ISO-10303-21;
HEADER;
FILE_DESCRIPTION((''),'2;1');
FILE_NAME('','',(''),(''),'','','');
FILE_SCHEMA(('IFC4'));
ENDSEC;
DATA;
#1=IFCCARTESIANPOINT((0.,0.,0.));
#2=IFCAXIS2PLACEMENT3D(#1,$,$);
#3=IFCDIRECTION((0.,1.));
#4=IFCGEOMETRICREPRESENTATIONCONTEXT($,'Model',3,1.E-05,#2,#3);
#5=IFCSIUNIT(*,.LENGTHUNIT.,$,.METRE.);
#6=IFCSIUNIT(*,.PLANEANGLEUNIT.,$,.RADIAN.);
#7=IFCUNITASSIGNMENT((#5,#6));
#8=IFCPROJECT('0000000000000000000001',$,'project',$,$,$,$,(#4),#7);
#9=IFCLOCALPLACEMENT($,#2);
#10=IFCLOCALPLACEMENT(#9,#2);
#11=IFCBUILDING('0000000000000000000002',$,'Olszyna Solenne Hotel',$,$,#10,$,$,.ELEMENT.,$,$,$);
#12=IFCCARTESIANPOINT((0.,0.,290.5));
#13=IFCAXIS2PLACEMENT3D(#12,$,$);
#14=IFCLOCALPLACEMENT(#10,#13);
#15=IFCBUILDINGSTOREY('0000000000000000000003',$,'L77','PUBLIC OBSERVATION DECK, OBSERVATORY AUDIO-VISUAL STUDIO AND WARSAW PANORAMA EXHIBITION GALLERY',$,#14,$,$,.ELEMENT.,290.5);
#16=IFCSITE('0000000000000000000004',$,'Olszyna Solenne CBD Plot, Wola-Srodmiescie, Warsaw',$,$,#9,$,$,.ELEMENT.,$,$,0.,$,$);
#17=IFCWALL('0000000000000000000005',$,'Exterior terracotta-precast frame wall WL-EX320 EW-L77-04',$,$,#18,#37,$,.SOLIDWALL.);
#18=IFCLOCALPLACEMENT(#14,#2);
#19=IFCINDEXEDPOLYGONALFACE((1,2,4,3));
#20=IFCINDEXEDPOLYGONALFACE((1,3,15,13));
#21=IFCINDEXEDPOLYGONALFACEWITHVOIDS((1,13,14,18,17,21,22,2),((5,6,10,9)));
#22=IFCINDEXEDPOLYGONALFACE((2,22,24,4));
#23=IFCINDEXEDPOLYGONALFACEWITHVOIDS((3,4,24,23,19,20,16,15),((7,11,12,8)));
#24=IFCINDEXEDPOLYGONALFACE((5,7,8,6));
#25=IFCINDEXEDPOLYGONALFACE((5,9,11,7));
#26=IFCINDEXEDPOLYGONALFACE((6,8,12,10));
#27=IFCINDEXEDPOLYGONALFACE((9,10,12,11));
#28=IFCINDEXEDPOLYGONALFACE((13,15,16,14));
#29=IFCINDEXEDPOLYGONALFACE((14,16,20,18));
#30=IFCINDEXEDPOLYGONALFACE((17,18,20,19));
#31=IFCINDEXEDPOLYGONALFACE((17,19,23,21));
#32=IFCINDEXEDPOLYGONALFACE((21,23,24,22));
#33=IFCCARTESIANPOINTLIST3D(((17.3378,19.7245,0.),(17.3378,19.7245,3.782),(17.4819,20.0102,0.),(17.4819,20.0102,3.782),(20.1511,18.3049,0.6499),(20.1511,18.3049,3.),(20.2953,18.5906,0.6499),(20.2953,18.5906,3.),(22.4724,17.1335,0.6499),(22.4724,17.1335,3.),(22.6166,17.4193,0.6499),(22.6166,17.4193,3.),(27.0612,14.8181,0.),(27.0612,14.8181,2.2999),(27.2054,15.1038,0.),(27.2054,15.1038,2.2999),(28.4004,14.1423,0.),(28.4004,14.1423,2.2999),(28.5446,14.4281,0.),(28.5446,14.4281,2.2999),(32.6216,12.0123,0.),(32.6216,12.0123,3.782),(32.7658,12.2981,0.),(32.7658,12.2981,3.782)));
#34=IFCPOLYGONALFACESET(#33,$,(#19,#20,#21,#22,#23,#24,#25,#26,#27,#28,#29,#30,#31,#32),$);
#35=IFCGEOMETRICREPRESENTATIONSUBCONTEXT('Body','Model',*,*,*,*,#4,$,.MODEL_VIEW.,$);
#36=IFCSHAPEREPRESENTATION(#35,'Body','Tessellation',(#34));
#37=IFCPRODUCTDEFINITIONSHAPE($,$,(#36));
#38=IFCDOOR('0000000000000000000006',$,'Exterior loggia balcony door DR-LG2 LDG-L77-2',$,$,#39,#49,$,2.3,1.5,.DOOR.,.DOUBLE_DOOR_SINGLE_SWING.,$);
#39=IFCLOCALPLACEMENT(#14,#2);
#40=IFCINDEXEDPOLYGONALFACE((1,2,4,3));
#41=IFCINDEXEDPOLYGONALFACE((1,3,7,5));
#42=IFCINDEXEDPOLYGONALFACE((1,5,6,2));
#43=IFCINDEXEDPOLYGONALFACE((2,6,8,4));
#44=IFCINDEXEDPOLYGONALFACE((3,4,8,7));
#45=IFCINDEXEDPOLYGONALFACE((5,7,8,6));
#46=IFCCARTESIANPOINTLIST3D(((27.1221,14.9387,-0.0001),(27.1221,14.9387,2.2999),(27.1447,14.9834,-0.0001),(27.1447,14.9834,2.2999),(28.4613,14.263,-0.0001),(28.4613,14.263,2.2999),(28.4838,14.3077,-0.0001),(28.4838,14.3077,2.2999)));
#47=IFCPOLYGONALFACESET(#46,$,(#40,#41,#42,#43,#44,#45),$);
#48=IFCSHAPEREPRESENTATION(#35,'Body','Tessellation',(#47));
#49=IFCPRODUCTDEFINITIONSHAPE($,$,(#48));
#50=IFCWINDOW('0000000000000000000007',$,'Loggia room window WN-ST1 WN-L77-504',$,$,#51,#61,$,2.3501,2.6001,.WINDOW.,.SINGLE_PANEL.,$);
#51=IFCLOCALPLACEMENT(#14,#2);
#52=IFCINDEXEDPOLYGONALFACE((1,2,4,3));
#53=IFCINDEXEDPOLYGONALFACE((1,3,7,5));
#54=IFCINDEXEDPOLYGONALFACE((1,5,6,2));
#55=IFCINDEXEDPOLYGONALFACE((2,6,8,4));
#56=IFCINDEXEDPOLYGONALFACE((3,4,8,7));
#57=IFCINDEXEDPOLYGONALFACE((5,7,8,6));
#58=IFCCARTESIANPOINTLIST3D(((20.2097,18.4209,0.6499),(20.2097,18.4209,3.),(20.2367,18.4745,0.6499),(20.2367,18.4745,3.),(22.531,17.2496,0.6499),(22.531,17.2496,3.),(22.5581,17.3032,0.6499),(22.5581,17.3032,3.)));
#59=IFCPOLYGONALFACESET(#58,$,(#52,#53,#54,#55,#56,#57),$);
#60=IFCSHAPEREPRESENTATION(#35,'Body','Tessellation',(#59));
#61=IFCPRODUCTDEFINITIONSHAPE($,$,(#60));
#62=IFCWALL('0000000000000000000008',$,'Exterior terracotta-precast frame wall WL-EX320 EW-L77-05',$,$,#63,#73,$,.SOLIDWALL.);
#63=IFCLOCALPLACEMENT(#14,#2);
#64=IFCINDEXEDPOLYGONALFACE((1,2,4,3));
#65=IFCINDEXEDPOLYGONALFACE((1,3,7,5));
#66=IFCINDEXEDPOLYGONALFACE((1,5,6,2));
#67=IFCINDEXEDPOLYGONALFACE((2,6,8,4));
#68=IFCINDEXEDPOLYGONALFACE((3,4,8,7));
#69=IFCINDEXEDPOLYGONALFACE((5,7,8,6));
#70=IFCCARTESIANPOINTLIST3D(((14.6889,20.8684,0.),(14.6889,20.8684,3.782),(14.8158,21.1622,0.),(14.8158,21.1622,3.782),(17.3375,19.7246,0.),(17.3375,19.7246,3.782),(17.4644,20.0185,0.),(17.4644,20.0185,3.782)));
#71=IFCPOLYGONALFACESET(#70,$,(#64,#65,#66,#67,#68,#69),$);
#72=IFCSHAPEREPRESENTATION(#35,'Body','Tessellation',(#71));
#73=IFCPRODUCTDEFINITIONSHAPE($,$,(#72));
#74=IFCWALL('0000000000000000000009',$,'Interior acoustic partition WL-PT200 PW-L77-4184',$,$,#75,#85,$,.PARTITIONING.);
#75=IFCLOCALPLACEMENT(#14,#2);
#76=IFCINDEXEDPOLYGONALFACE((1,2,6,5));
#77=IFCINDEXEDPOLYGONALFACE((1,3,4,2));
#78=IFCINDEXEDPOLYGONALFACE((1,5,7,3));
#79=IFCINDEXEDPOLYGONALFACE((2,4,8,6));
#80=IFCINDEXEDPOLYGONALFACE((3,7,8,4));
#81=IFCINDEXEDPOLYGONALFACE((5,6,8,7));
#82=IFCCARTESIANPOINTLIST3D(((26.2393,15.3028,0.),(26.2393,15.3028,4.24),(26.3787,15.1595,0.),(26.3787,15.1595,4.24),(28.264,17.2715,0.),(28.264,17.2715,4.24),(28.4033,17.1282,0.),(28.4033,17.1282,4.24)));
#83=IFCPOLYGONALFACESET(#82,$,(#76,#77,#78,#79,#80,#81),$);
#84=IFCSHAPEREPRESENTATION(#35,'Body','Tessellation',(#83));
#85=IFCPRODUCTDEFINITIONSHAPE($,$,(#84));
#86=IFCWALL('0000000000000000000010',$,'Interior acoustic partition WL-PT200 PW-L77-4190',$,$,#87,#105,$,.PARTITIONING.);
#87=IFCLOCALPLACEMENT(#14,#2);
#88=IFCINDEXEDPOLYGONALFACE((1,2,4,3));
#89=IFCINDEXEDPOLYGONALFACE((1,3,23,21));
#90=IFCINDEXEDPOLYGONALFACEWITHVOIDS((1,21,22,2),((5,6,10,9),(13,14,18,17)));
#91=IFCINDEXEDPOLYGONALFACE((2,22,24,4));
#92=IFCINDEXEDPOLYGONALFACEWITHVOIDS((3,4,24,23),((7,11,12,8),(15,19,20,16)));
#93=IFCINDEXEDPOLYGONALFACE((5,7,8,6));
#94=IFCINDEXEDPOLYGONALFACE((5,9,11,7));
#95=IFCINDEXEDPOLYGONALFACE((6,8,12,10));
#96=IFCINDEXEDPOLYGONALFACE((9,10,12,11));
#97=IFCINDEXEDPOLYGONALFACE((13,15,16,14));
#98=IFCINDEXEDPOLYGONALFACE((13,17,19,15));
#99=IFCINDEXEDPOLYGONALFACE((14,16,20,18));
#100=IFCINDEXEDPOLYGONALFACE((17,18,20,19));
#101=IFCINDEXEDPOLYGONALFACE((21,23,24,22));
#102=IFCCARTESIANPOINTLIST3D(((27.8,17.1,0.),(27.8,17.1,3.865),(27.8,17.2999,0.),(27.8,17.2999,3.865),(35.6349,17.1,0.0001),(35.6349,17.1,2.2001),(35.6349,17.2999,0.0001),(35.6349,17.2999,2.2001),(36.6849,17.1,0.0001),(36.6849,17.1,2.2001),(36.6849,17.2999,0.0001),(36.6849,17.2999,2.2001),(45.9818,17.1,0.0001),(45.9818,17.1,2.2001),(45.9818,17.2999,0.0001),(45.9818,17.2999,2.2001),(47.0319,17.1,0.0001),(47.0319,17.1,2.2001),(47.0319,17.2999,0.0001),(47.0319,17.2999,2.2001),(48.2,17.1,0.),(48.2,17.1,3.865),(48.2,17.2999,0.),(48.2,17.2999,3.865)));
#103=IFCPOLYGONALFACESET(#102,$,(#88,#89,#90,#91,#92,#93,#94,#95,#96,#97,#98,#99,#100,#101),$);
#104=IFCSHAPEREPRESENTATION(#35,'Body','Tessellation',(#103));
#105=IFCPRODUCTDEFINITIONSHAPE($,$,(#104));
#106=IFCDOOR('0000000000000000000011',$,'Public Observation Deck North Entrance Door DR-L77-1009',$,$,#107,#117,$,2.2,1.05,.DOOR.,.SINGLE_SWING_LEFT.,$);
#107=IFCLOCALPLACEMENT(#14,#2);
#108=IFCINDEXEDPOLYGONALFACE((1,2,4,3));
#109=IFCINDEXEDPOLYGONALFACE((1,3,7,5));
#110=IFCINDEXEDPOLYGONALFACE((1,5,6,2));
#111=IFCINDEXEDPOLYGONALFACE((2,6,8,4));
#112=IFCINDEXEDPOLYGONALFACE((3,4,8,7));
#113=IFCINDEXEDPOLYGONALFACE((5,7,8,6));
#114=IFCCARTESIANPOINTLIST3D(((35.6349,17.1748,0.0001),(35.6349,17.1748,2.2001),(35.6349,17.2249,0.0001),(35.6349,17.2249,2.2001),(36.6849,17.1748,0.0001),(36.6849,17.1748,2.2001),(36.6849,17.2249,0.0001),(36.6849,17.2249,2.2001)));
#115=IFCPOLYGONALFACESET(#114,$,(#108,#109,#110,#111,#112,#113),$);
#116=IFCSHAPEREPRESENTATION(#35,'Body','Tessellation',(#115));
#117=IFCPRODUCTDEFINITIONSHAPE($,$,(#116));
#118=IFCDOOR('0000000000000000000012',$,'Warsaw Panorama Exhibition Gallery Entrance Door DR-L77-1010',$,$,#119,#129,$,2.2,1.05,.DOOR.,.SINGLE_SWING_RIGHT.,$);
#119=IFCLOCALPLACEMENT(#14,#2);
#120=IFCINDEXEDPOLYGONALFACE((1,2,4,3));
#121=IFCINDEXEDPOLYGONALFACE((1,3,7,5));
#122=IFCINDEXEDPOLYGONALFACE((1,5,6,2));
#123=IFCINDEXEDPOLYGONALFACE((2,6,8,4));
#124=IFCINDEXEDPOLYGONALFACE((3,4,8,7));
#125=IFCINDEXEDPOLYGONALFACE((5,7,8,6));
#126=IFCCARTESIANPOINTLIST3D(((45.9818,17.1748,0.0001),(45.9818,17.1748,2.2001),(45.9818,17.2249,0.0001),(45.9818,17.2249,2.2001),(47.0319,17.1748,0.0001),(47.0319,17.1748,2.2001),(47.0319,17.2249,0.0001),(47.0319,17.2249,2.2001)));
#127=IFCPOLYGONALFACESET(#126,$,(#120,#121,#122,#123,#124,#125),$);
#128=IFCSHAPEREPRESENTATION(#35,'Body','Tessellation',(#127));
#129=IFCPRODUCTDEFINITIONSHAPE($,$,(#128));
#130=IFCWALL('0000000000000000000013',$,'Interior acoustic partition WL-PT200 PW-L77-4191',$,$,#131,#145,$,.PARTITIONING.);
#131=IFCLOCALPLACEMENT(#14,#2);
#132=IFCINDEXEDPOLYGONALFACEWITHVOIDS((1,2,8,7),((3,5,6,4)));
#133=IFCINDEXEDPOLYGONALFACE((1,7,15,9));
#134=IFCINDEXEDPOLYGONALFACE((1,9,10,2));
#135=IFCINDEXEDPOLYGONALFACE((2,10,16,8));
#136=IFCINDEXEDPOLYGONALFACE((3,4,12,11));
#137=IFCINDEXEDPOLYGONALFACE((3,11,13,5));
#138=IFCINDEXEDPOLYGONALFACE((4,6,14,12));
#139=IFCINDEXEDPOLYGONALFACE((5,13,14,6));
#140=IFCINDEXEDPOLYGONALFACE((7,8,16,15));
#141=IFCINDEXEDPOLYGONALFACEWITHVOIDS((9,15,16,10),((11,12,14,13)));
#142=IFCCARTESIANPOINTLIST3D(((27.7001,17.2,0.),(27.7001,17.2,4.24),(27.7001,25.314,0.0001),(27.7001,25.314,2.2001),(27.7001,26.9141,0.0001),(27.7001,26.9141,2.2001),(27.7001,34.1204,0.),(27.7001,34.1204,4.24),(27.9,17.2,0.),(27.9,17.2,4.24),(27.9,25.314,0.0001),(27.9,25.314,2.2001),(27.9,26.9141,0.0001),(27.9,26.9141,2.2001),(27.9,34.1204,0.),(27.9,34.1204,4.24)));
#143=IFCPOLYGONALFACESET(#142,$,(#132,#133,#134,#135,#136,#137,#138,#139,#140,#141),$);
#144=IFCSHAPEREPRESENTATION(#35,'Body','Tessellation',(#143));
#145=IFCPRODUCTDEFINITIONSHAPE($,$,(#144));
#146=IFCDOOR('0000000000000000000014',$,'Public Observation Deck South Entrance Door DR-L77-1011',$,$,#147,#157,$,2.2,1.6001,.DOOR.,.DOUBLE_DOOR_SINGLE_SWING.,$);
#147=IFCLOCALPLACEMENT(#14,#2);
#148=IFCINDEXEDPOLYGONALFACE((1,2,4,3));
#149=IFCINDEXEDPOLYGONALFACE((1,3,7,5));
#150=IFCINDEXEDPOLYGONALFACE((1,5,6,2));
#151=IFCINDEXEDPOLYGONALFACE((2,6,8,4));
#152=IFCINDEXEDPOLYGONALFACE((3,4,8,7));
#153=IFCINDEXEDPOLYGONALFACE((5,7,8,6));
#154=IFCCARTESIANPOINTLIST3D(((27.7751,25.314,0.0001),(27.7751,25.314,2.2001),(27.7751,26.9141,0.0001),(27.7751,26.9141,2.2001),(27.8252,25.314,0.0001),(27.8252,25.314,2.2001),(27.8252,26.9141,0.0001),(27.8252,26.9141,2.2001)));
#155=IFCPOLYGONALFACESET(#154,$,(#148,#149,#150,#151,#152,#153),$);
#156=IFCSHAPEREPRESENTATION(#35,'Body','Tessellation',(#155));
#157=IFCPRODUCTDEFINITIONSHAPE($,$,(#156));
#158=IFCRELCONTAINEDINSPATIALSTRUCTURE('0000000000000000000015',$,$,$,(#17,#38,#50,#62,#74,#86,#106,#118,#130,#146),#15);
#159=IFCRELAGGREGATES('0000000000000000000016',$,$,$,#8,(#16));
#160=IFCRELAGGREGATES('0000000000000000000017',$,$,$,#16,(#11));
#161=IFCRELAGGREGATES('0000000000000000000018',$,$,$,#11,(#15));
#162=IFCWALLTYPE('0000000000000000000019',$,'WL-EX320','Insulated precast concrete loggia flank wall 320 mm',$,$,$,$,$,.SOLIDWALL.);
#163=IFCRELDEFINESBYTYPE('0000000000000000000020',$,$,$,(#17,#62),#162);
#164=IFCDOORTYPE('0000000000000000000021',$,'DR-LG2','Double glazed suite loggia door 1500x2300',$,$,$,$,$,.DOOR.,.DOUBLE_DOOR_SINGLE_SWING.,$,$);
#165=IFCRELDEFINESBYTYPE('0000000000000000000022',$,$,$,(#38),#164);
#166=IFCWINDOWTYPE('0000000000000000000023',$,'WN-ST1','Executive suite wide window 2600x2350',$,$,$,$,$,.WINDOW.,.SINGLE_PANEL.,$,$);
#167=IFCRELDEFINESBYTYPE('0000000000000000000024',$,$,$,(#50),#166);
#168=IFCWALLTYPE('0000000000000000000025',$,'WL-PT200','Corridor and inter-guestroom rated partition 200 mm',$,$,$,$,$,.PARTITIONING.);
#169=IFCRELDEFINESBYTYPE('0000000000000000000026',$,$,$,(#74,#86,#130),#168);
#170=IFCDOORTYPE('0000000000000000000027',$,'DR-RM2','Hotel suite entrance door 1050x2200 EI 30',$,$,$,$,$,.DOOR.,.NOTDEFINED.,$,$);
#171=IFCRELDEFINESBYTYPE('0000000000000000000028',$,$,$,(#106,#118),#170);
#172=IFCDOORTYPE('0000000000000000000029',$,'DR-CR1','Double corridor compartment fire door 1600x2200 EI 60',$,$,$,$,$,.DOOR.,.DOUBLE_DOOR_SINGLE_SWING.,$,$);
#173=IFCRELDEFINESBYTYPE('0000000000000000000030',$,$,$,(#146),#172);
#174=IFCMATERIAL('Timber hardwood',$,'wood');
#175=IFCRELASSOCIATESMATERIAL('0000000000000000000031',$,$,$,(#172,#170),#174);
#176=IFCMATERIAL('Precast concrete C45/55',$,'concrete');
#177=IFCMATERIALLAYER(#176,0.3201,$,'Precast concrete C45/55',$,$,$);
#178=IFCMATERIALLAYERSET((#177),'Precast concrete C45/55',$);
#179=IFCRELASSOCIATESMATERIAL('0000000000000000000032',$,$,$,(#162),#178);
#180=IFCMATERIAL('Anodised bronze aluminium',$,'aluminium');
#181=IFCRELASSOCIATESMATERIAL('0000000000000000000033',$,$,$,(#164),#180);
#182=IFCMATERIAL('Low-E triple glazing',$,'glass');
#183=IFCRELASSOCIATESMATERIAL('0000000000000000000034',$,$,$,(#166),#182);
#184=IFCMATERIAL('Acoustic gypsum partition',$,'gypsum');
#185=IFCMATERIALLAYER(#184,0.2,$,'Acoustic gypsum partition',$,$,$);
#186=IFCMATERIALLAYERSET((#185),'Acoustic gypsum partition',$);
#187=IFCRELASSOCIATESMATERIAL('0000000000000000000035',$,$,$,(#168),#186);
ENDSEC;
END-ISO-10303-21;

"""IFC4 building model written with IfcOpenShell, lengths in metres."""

from ifc_helpers import new_model, si_unit, direction, frame, frame_2d, origin, place, context, subcontext, project, spatial, rectangle, extrude, source, transform, mapped, material, layer, layer_set, type_object, type_shapes, element, fill, save


model = new_model("IFC4")

# Units and contexts
model_context = context("Model", 3, precision=1e-05, world=origin(), true_north=direction((0.0, 1.0)))
body_context = subcontext(model_context, "Body", "Model", "MODEL_VIEW")
ifc_project = project(units=[si_unit("LENGTHUNIT", "METRE"), si_unit("PLANEANGLEUNIT", "RADIAN")], contexts=[model_context])

# Site, building, storey
site_placement = place(None, origin())
site = spatial("IfcSite", under=ifc_project, at=site_placement, Name="Olszyna Solenne CBD Plot, Wola-Srodmiescie, Warsaw", CompositionType="ELEMENT", RefElevation=0.0)
building_placement = place(site_placement, origin())
building = spatial("IfcBuilding", under=site, at=building_placement, Name="Olszyna Solenne Hotel", CompositionType="ELEMENT")
storey_placement = place(building_placement, frame((0.0, 0.0, 290.5)))
storey = spatial("IfcBuildingStorey", under=building, at=storey_placement, Name="L77", Description="PUBLIC OBSERVATION DECK, OBSERVATORY AUDIO-VISUAL STUDIO AND WARSAW PANORAMA EXHIBITION GALLERY", CompositionType="ELEMENT", Elevation=290.5)

# Shared definitions
ifc_material_1 = material(Name="Anodised bronze aluminium", Category="aluminium")

# Shared definitions
ifc_material_2 = material(Name="Low-E triple glazing", Category="glass")

# Shared definitions
ifc_material_3 = material(Name="Timber hardwood", Category="wood")
door_type_1 = type_object("IfcDoorType", Name="DR-CR1", Description="Double corridor compartment fire door 1600x2200 EI 60", OperationType="DOUBLE_DOOR_SINGLE_SWING", PredefinedType="DOOR", material=ifc_material_3)
shared_shape_1 = source(origin(), body_context, "Body", "SweptSolid", [
    extrude(rectangle(XDim=1.6001, YDim=2.2, at=frame_2d((0.8, 1.1001))), frame((0.0, 0.0249, 0.0), z_axis=(0.0, -1.0, 0.0), x_axis=(1.0, 0.0, 0.0)), (0.0, 0.0, 1.0), 0.05),
])
type_shapes(door_type_1, [shared_shape_1])

# Wall, openings, door, window
ifc_material_4 = material(Name="Precast concrete C45/55", Category="concrete")
ifc_layer_1 = layer(ifc_material_4, 0.3201, Name="Precast concrete C45/55")
ifc_layer_set_1 = layer_set([ifc_layer_1], Name="Precast concrete C45/55")
wall_type_1 = type_object("IfcWallType", Name="WL-EX320", Description="Insulated precast concrete loggia flank wall 320 mm", PredefinedType="SOLIDWALL", material=ifc_layer_set_1)
wall_1_placement = place(storey_placement, frame((32.6936, 12.1553, 0.0), z_axis=(0.0, 0.0, 1.0), x_axis=(-0.892781, 0.450491, 0.0)))
wall_1 = element("IfcWall", 1, at=wall_1_placement, inside=storey, type_object=wall_type_1, Name="Exterior terracotta-precast frame wall WL-EX320 EW-L77-04", PredefinedType="SOLIDWALL", context=body_context, shape_type="SweptSolid", body=[
    extrude(rectangle(XDim=17.1194, YDim=0.3201, at=frame_2d((8.5596, 0.0))), origin(), (0.0, 0.0, 1.0), 3.782),
])
opening_1_placement = place(wall_1_placement, frame((4.728, 0.0, 0.0)))
opening_1 = element("IfcOpeningElement", 2, at=opening_1_placement, cuts=wall_1, PredefinedType="OPENING", context=body_context, shape_type="SweptSolid", body=[
    extrude(rectangle(XDim=1.5, YDim=2.3, at=frame_2d((0.75, 1.1499))), frame((0.0, 0.1699, 0.0), z_axis=(0.0, -1.0, 0.0), x_axis=(1.0, 0.0, 0.0)), (0.0, 0.0, 1.0), 0.3401),
])
opening_2_placement = place(wall_1_placement, frame((11.3679, 0.0, 0.6499)))
opening_2 = element("IfcOpeningElement", 3, at=opening_2_placement, cuts=wall_1, PredefinedType="OPENING", context=body_context, shape_type="SweptSolid", body=[
    extrude(rectangle(XDim=2.6001, YDim=2.3501, at=frame_2d((1.3, 1.175))), frame((0.0, 0.1699, 0.0), z_axis=(0.0, -1.0, 0.0), x_axis=(1.0, 0.0, 0.0)), (0.0, 0.0, 1.0), 0.3401),
])
door_type_2 = type_object("IfcDoorType", Name="DR-LG2", Description="Double glazed suite loggia door 1500x2300", OperationType="DOUBLE_DOOR_SINGLE_SWING", PredefinedType="DOOR", material=ifc_material_1)
shared_shape_2 = source(origin(), body_context, "Body", "SweptSolid", [
    extrude(rectangle(XDim=1.5, YDim=2.3, at=frame_2d((0.75, 1.1499))), frame((0.0, 0.0249, 0.0), z_axis=(0.0, -1.0, 0.0), x_axis=(1.0, 0.0, 0.0)), (0.0, 0.0, 1.0), 0.05),
])
type_shapes(door_type_2, [shared_shape_2])
door_1_placement = place(opening_1_placement, origin())
door_1 = element("IfcDoor", 4, at=door_1_placement, inside=storey, type_object=door_type_2, Name="Exterior loggia balcony door DR-LG2 LDG-L77-2", OperationType="DOUBLE_DOOR_SINGLE_SWING", OverallHeight=2.3, OverallWidth=1.5, PredefinedType="DOOR", context=body_context, shape_type="MappedRepresentation", body=[
    mapped(shared_shape_2, transform((0.0, 0.0, 0.0), x_axis=(1.0, 0.0, 0.0), y_axis=(0.0, 1.0, 0.0), z_axis=(0.0, 0.0, 1.0), scale=1.0)),
])
fill(opening_1, door_1)
window_type = type_object("IfcWindowType", Name="WN-ST1", Description="Executive suite wide window 2600x2350", PartitioningType="SINGLE_PANEL", PredefinedType="WINDOW", material=ifc_material_2)
shared_shape_3 = source(origin(), body_context, "Body", "SweptSolid", [
    extrude(rectangle(XDim=2.6001, YDim=2.3501, at=frame_2d((1.3, 1.175))), frame((0.0, 0.03, 0.0), z_axis=(0.0, -1.0, 0.0), x_axis=(1.0, 0.0, 0.0)), (0.0, 0.0, 1.0), 0.0601),
])
type_shapes(window_type, [shared_shape_3])
window_placement = place(opening_2_placement, origin())
window = element("IfcWindow", 5, at=window_placement, inside=storey, type_object=window_type, Name="Loggia room window WN-ST1 WN-L77-504", OverallHeight=2.3501, OverallWidth=2.6001, PartitioningType="SINGLE_PANEL", PredefinedType="WINDOW", context=body_context, shape_type="MappedRepresentation", body=[
    mapped(shared_shape_3, transform((0.0, 0.0, 0.0), x_axis=(1.0, 0.0, 0.0), y_axis=(0.0, 1.0, 0.0), z_axis=(0.0, 0.0, 1.0), scale=1.0)),
])
fill(opening_2, window)

# Walls
wall_2_placement = place(storey_placement, frame((17.4009, 19.8716, 0.0), z_axis=(0.0, 0.0, 1.0), x_axis=(-0.918056, 0.396451, 0.0)))
element("IfcWall", 6, at=wall_2_placement, inside=storey, type_object=wall_type_1, Name="Exterior terracotta-precast frame wall WL-EX320 EW-L77-05", PredefinedType="SOLIDWALL", context=body_context, shape_type="SweptSolid", body=[
    extrude(rectangle(XDim=2.885, YDim=0.3201, at=frame_2d((1.4424, 0.0))), origin(), (0.0, 0.0, 1.0), 3.782),
])
ifc_material_5 = material(Name="Acoustic gypsum partition", Category="gypsum")
ifc_layer_2 = layer(ifc_material_5, 0.2, Name="Acoustic gypsum partition")
ifc_layer_set_2 = layer_set([ifc_layer_2], Name="Acoustic gypsum partition")
wall_type_2 = type_object("IfcWallType", Name="WL-PT200", Description="Corridor and inter-guestroom rated partition 200 mm", PredefinedType="PARTITIONING", material=ifc_layer_set_2)
wall_3_placement = place(storey_placement, frame((28.3337, 17.2, 0.0), z_axis=(0.0, 0.0, 1.0), x_axis=(-0.716936, -0.697139, 0.0)))
element("IfcWall", 7, at=wall_3_placement, inside=storey, type_object=wall_type_2, Name="Interior acoustic partition WL-PT200 PW-L77-4184", PredefinedType="PARTITIONING", context=body_context, shape_type="SweptSolid", body=[
    extrude(rectangle(XDim=2.824, YDim=0.2, at=frame_2d((1.4121, 0.0))), origin(), (0.0, 0.0, 1.0), 4.24),
])

# Wall, openings, doors
wall_4_placement = place(storey_placement, frame((27.8, 17.2, 0.0), z_axis=(0.0, 0.0, 1.0), x_axis=(1.0, 0.0, 0.0)))
wall_4 = element("IfcWall", 8, at=wall_4_placement, inside=storey, type_object=wall_type_2, Name="Interior acoustic partition WL-PT200 PW-L77-4190", PredefinedType="PARTITIONING", context=body_context, shape_type="SweptSolid", body=[
    extrude(rectangle(XDim=20.3999, YDim=0.2, at=frame_2d((10.2, 0.0))), origin(), (0.0, 0.0, 1.0), 3.865),
])
opening_3_placement = place(wall_4_placement, frame((7.835, 0.0, 0.0)))
opening_3 = element("IfcOpeningElement", 9, at=opening_3_placement, cuts=wall_4, PredefinedType="OPENING", context=body_context, shape_type="SweptSolid", body=[
    extrude(rectangle(XDim=1.05, YDim=2.2, at=frame_2d((0.5249, 1.1001))), frame((0.0, 0.1099, 0.0), z_axis=(0.0, -1.0, 0.0), x_axis=(1.0, 0.0, 0.0)), (0.0, 0.0, 1.0), 0.22),
])
opening_4_placement = place(wall_4_placement, frame((18.1819, 0.0, 0.0)))
opening_4 = element("IfcOpeningElement", 10, at=opening_4_placement, cuts=wall_4, PredefinedType="OPENING", context=body_context, shape_type="SweptSolid", body=[
    extrude(rectangle(XDim=1.05, YDim=2.2, at=frame_2d((0.5249, 1.1001))), frame((0.0, 0.1099, 0.0), z_axis=(0.0, -1.0, 0.0), x_axis=(1.0, 0.0, 0.0)), (0.0, 0.0, 1.0), 0.22),
])
door_type_3 = type_object("IfcDoorType", Name="DR-RM2", Description="Hotel suite entrance door 1050x2200 EI 30", OperationType="NOTDEFINED", PredefinedType="DOOR", material=ifc_material_3)
shared_shape_4 = source(origin(), body_context, "Body", "SweptSolid", [
    extrude(rectangle(XDim=1.05, YDim=2.2, at=frame_2d((0.5249, 1.1001))), frame((0.0, 0.0249, 0.0), z_axis=(0.0, -1.0, 0.0), x_axis=(1.0, 0.0, 0.0)), (0.0, 0.0, 1.0), 0.05),
])
type_shapes(door_type_3, [shared_shape_4])
door_2_placement = place(opening_3_placement, origin())
door_2 = element("IfcDoor", 11, at=door_2_placement, inside=storey, type_object=door_type_3, Name="Public Observation Deck North Entrance Door DR-L77-1009", OperationType="SINGLE_SWING_LEFT", OverallHeight=2.2, OverallWidth=1.05, PredefinedType="DOOR", context=body_context, shape_type="MappedRepresentation", body=[
    mapped(shared_shape_4, transform((0.0, 0.0, 0.0), x_axis=(1.0, 0.0, 0.0), y_axis=(0.0, 1.0, 0.0), z_axis=(0.0, 0.0, 1.0), scale=1.0)),
])
fill(opening_3, door_2)
door_3_placement = place(opening_4_placement, origin())
door_3 = element("IfcDoor", 12, at=door_3_placement, inside=storey, type_object=door_type_3, Name="Warsaw Panorama Exhibition Gallery Entrance Door DR-L77-1010", OperationType="SINGLE_SWING_RIGHT", OverallHeight=2.2, OverallWidth=1.05, PredefinedType="DOOR", context=body_context, shape_type="MappedRepresentation", body=[
    mapped(shared_shape_4, transform((0.0, 0.0, 0.0), x_axis=(1.0, 0.0, 0.0), y_axis=(0.0, 1.0, 0.0), z_axis=(0.0, 0.0, 1.0), scale=1.0)),
])
fill(opening_4, door_3)

# Wall, opening, door
wall_5_placement = place(storey_placement, frame((27.8, 17.2, 0.0), z_axis=(0.0, 0.0, 1.0), x_axis=(0.0, 1.0, 0.0)))
wall_5 = element("IfcWall", 13, at=wall_5_placement, inside=storey, type_object=wall_type_2, Name="Interior acoustic partition WL-PT200 PW-L77-4191", PredefinedType="PARTITIONING", context=body_context, shape_type="SweptSolid", body=[
    extrude(rectangle(XDim=16.9204, YDim=0.2, at=frame_2d((8.4602, 0.0))), origin(), (0.0, 0.0, 1.0), 4.24),
])
opening_5_placement = place(wall_5_placement, frame((8.114, 0.0, 0.0)))
opening_5 = element("IfcOpeningElement", 14, at=opening_5_placement, cuts=wall_5, PredefinedType="OPENING", context=body_context, shape_type="SweptSolid", body=[
    extrude(rectangle(XDim=1.6001, YDim=2.2, at=frame_2d((0.8, 1.1001))), frame((0.0, 0.1099, 0.0), z_axis=(0.0, -1.0, 0.0), x_axis=(1.0, 0.0, 0.0)), (0.0, 0.0, 1.0), 0.22),
])
door_4_placement = place(opening_5_placement, origin())
door_4 = element("IfcDoor", 15, at=door_4_placement, inside=storey, type_object=door_type_1, Name="Public Observation Deck South Entrance Door DR-L77-1011", OperationType="DOUBLE_DOOR_SINGLE_SWING", OverallHeight=2.2, OverallWidth=1.6001, PredefinedType="DOOR", context=body_context, shape_type="MappedRepresentation", body=[
    mapped(shared_shape_1, transform((0.0, 0.0, 0.0), x_axis=(1.0, 0.0, 0.0), y_axis=(0.0, 1.0, 0.0), z_axis=(0.0, 0.0, 1.0), scale=1.0)),
])
fill(opening_5, door_4)

save(model, "model.ifc")
